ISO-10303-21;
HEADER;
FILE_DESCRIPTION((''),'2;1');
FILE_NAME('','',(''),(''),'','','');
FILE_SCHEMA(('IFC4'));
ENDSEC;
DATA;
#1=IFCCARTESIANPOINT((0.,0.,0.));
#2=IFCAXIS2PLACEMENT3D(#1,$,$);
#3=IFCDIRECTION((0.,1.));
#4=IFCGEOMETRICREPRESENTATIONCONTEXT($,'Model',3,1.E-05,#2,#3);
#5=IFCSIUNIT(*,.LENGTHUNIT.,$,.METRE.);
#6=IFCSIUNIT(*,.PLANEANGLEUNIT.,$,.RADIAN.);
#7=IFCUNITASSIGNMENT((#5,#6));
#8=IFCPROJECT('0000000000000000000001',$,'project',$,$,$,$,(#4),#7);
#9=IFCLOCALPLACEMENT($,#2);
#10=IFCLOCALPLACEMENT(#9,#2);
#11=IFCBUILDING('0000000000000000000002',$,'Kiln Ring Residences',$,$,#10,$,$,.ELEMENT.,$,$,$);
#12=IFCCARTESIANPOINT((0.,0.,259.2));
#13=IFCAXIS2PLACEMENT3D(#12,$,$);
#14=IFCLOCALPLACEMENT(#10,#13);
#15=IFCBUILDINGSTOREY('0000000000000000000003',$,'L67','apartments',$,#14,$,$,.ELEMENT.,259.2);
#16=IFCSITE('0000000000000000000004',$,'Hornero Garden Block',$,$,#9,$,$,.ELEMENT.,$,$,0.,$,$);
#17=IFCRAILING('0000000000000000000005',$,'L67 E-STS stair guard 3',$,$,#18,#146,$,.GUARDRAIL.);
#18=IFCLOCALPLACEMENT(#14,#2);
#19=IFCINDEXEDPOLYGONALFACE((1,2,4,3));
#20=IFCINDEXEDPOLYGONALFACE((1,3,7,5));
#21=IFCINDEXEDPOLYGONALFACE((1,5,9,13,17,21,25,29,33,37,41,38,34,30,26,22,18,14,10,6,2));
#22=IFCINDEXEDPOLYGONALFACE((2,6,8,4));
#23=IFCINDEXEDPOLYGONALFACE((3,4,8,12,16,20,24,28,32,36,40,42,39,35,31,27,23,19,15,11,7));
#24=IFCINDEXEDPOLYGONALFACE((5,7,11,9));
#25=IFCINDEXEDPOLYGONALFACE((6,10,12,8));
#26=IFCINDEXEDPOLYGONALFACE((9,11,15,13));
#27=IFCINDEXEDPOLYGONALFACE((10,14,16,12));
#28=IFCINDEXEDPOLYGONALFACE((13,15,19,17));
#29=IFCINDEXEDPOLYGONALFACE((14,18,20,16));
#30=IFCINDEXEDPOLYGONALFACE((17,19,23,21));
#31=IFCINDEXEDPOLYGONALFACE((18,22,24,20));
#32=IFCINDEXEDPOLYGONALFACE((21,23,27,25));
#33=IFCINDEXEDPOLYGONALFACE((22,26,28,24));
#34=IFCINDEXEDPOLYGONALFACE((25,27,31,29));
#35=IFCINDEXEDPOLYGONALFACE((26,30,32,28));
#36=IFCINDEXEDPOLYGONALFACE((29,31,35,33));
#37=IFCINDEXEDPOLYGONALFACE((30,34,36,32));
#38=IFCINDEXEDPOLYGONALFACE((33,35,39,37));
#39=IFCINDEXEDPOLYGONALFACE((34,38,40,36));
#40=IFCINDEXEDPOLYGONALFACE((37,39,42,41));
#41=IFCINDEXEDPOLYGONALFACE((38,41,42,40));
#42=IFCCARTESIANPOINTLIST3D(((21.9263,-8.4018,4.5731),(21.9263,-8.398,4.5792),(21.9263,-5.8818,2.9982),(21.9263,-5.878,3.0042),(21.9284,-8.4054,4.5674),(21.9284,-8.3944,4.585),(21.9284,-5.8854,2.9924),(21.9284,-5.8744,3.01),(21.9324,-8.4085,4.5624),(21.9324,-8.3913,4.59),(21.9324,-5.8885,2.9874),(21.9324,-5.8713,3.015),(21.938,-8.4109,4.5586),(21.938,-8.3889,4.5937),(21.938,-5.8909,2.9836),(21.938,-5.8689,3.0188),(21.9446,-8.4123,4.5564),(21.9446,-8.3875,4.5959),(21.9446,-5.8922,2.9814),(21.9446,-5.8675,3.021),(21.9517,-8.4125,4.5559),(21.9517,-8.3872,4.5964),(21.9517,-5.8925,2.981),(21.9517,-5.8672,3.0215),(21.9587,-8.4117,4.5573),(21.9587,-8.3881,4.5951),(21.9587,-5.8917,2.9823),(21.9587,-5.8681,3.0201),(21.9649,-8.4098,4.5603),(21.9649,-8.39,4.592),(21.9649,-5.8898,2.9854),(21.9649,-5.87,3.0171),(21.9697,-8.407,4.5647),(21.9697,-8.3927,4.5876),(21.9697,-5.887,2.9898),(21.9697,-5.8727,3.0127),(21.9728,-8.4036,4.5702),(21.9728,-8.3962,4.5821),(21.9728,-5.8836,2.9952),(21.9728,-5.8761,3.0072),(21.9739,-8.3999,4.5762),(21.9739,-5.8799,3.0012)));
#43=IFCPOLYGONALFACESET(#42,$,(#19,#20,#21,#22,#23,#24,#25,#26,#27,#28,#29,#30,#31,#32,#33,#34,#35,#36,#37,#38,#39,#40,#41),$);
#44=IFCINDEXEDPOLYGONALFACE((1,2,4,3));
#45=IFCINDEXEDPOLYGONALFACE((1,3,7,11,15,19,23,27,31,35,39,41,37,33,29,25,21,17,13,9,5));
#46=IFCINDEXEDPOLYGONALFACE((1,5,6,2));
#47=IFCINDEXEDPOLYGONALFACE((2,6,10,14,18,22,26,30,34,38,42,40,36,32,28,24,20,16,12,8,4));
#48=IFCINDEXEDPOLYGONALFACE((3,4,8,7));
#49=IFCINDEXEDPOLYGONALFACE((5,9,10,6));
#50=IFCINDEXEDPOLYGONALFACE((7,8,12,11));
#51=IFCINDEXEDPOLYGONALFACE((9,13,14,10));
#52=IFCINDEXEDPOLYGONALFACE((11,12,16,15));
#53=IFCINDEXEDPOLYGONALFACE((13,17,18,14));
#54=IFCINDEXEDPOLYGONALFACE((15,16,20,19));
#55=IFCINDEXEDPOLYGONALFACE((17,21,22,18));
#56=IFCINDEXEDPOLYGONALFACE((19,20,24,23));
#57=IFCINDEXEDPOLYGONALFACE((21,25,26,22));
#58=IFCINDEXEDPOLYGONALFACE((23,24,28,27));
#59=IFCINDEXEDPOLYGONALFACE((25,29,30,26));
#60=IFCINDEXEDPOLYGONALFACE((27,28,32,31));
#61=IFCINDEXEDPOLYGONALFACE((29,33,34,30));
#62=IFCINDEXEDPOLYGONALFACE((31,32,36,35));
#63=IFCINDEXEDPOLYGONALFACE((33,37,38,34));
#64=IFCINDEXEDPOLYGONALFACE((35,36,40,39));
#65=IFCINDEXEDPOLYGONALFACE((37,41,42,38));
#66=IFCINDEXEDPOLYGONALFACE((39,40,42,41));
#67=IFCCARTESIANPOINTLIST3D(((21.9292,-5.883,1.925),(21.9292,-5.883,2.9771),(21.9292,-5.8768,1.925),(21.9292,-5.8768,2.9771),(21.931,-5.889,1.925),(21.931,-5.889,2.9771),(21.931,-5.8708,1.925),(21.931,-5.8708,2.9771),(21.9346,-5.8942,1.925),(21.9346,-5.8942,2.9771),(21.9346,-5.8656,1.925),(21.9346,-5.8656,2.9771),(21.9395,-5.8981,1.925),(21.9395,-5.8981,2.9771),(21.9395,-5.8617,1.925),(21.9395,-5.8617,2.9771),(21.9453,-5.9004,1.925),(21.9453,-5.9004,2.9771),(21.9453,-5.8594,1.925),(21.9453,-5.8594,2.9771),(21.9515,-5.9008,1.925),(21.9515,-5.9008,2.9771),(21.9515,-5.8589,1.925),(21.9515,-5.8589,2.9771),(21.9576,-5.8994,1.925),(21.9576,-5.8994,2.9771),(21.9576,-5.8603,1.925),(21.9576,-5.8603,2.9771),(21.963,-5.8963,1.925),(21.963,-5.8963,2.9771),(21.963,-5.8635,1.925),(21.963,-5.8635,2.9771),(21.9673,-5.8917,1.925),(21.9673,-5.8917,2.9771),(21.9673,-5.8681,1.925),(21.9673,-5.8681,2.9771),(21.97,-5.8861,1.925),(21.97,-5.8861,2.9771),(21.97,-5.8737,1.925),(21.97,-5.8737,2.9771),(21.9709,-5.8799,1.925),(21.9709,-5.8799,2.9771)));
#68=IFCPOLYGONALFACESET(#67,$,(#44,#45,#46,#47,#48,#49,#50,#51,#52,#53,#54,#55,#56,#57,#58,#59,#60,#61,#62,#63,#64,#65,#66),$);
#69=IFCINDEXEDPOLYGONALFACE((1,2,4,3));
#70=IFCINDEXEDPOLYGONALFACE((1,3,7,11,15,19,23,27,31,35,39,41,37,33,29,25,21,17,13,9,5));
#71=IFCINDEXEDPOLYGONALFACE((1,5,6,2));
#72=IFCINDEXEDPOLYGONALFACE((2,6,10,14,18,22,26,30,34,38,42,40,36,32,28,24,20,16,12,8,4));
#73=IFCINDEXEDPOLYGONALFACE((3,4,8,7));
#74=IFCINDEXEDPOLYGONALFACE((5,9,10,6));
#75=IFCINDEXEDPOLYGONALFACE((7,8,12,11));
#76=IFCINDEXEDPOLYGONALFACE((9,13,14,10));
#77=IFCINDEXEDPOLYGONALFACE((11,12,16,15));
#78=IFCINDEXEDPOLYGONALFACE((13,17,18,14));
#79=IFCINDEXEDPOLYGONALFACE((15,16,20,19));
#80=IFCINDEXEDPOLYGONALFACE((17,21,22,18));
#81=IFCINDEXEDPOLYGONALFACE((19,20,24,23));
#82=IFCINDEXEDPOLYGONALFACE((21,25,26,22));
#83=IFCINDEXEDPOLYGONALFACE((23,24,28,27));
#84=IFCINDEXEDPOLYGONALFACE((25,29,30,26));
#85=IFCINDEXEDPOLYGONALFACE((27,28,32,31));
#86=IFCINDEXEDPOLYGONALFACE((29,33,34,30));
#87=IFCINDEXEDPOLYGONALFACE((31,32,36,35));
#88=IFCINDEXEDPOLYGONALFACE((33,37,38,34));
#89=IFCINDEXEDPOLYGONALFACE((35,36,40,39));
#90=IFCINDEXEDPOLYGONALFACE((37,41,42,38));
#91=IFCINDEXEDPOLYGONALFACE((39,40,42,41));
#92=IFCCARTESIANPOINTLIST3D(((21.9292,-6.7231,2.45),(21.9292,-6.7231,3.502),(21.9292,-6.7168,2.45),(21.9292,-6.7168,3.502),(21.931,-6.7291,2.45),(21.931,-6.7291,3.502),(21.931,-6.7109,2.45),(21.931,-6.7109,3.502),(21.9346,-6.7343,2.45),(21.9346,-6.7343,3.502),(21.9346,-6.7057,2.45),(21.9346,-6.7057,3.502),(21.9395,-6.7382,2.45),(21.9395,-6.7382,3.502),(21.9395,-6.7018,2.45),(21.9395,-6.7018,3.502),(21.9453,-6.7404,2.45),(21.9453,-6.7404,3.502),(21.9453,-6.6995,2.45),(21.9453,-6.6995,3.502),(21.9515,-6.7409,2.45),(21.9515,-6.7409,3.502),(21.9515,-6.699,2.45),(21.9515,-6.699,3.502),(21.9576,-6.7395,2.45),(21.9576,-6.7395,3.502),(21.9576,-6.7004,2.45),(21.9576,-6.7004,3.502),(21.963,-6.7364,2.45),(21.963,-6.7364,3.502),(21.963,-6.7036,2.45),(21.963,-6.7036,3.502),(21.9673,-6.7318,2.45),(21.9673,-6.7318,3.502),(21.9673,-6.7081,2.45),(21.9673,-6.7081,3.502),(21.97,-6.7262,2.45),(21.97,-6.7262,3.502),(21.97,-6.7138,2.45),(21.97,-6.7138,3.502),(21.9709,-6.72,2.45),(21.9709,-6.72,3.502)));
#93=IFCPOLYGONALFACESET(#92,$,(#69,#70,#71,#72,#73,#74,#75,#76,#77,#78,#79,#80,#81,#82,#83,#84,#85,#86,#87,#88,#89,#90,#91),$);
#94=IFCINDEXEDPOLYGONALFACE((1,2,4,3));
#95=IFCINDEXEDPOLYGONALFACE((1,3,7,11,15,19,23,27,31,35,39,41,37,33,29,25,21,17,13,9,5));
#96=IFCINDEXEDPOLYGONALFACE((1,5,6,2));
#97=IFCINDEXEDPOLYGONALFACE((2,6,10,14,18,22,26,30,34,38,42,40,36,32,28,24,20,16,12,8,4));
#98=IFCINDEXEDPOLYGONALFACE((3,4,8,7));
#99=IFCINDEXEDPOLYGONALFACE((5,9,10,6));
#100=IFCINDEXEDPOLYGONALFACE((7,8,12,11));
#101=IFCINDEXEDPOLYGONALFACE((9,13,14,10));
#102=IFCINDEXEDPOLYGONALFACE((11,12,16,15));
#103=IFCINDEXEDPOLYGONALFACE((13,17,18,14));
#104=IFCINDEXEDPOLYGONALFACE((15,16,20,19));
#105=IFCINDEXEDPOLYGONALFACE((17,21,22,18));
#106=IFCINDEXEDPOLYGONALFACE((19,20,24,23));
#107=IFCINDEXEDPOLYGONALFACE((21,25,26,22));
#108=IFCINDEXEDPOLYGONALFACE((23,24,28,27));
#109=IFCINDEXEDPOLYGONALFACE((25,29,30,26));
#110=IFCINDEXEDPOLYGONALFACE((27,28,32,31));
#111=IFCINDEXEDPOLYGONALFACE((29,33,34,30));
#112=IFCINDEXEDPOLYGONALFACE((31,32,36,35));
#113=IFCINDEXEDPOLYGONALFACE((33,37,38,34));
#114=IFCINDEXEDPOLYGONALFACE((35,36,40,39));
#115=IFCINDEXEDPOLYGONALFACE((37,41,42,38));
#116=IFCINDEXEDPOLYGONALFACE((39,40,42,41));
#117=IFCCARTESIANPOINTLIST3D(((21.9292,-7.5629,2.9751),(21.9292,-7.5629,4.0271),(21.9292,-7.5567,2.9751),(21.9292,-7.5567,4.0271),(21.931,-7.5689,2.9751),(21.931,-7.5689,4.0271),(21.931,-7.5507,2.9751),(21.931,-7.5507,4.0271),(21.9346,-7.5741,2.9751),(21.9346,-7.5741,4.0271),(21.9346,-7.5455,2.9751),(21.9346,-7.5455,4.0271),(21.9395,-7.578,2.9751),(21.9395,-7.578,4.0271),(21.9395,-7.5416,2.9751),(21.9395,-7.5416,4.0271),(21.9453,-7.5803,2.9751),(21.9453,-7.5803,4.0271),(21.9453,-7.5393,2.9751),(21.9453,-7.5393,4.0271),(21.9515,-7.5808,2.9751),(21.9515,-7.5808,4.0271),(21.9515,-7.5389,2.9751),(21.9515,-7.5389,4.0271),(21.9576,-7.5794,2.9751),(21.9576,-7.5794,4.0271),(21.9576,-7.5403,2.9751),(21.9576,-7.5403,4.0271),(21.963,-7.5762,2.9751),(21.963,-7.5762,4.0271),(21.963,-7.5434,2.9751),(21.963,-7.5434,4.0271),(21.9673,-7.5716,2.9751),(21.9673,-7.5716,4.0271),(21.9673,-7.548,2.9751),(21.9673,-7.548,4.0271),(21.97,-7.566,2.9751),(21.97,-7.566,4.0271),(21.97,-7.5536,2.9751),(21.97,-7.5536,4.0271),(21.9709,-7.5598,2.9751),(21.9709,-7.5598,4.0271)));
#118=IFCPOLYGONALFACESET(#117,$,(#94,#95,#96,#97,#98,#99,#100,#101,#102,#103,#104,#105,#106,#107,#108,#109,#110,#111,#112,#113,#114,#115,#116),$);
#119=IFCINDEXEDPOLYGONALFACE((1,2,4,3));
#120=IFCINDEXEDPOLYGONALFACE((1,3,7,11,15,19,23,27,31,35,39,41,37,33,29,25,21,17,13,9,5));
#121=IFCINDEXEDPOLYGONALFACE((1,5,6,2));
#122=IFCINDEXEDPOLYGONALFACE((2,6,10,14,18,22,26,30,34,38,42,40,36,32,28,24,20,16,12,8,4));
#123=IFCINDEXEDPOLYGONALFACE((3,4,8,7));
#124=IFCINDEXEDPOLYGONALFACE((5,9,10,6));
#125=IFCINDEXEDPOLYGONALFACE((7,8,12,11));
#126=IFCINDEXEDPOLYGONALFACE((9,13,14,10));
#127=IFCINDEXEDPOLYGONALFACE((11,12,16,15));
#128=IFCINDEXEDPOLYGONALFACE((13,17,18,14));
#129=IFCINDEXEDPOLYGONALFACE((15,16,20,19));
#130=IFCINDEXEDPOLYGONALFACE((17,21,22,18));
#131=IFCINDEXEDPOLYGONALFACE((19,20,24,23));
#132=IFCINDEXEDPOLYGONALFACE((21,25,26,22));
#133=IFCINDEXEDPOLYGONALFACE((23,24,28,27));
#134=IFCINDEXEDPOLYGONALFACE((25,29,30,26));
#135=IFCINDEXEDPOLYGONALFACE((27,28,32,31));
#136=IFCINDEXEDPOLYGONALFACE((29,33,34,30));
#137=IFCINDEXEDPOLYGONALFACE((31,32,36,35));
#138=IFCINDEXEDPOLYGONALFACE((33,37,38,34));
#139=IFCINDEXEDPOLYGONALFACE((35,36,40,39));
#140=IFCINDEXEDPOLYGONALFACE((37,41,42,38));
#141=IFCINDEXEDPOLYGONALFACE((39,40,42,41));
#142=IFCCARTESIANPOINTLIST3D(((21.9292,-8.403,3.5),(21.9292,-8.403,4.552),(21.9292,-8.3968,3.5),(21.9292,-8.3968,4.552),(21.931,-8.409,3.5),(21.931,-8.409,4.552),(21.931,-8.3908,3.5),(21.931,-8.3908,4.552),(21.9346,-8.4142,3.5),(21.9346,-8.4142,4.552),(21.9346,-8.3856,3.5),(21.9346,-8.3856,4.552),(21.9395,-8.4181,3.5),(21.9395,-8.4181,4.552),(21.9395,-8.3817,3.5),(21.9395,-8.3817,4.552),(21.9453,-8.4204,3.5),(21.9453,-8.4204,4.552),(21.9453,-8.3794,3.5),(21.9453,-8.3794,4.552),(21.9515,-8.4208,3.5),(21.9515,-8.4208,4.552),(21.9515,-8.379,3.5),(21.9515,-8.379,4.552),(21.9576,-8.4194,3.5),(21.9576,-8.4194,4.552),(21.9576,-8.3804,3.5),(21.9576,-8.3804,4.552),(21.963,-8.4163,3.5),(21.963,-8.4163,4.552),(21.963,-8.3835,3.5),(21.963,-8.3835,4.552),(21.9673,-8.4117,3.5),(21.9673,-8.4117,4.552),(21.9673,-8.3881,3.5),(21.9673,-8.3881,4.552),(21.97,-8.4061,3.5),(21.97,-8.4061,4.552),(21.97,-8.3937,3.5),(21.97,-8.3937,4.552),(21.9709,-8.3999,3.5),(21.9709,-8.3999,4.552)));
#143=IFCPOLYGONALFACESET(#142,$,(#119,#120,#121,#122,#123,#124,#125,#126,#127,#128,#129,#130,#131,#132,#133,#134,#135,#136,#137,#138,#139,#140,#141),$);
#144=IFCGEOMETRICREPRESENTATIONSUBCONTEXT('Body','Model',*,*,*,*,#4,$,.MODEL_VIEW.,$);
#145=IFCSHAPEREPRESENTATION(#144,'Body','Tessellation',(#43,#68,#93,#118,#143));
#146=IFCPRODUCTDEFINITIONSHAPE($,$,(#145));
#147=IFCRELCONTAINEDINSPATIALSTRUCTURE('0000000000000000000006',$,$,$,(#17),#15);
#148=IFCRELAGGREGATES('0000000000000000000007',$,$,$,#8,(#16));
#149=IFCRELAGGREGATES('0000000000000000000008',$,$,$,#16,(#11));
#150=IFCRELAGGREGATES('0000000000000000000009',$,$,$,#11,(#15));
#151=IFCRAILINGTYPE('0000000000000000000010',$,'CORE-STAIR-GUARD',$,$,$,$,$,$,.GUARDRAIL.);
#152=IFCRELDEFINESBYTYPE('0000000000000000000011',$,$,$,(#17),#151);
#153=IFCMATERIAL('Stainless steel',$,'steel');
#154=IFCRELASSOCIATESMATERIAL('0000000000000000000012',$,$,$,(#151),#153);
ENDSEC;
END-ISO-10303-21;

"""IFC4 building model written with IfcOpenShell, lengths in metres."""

from ifc_helpers import new_model, si_unit, direction, frame, origin, origin_2d, place, context, subcontext, project, spatial, circle, extrude, material, type_object, element, save


model = new_model("IFC4")

# Units and contexts
model_context = context("Model", 3, precision=1e-05, world=origin(), true_north=direction((0.0, 1.0)))
body_context = subcontext(model_context, "Body", "Model", "MODEL_VIEW")
ifc_project = project(units=[si_unit("LENGTHUNIT", "METRE"), si_unit("PLANEANGLEUNIT", "RADIAN")], contexts=[model_context])

# Site, building, storey
site_placement = place(None, origin())
site = spatial("IfcSite", under=ifc_project, at=site_placement, Name="Hornero Garden Block", CompositionType="ELEMENT", RefElevation=0.0)
building_placement = place(site_placement, origin())
building = spatial("IfcBuilding", under=site, at=building_placement, Name="Kiln Ring Residences", CompositionType="ELEMENT")
storey_placement = place(building_placement, frame((0.0, 0.0, 259.2)))
storey = spatial("IfcBuildingStorey", under=building, at=storey_placement, Name="L67", Description="apartments", CompositionType="ELEMENT", Elevation=259.2)

# Railing
ifc_material_1 = material(Name="Stainless steel", Category="steel")
railing_type_1 = type_object("IfcRailingType", Name="CORE-STAIR-GUARD", PredefinedType="GUARDRAIL", material=ifc_material_1)
railing_1_placement = place(storey_placement, frame((21.95, -5.8799, 1.925)))
element("IfcRailing", 1, at=railing_1_placement, inside=storey, type_object=railing_type_1, Name="L67 E-STS stair guard 3", PredefinedType="GUARDRAIL", context=body_context, shape_type="SweptSolid", body=[
    extrude(circle(Radius=0.0239, at=origin_2d()), frame((0.0, 0.0, 1.0762), z_axis=(0.0, -0.848008, 0.529984), x_axis=(1.0, 0.0, 0.0)), (0.0, 0.0, 1.0), 2.9717),
    extrude(circle(Radius=0.021, at=origin_2d()), origin(), (0.0, 0.0, 1.0), 1.052),
    extrude(circle(Radius=0.021, at=origin_2d()), frame((0.0, -0.8401, 0.5249)), (0.0, 0.0, 1.0), 1.052),
    extrude(circle(Radius=0.021, at=origin_2d()), frame((0.0, -1.6799, 1.05)), (0.0, 0.0, 1.0), 1.052),
    extrude(circle(Radius=0.021, at=origin_2d()), frame((0.0, -2.52, 1.575)), (0.0, 0.0, 1.0), 1.052),
])

save(model, "model.ifc")
